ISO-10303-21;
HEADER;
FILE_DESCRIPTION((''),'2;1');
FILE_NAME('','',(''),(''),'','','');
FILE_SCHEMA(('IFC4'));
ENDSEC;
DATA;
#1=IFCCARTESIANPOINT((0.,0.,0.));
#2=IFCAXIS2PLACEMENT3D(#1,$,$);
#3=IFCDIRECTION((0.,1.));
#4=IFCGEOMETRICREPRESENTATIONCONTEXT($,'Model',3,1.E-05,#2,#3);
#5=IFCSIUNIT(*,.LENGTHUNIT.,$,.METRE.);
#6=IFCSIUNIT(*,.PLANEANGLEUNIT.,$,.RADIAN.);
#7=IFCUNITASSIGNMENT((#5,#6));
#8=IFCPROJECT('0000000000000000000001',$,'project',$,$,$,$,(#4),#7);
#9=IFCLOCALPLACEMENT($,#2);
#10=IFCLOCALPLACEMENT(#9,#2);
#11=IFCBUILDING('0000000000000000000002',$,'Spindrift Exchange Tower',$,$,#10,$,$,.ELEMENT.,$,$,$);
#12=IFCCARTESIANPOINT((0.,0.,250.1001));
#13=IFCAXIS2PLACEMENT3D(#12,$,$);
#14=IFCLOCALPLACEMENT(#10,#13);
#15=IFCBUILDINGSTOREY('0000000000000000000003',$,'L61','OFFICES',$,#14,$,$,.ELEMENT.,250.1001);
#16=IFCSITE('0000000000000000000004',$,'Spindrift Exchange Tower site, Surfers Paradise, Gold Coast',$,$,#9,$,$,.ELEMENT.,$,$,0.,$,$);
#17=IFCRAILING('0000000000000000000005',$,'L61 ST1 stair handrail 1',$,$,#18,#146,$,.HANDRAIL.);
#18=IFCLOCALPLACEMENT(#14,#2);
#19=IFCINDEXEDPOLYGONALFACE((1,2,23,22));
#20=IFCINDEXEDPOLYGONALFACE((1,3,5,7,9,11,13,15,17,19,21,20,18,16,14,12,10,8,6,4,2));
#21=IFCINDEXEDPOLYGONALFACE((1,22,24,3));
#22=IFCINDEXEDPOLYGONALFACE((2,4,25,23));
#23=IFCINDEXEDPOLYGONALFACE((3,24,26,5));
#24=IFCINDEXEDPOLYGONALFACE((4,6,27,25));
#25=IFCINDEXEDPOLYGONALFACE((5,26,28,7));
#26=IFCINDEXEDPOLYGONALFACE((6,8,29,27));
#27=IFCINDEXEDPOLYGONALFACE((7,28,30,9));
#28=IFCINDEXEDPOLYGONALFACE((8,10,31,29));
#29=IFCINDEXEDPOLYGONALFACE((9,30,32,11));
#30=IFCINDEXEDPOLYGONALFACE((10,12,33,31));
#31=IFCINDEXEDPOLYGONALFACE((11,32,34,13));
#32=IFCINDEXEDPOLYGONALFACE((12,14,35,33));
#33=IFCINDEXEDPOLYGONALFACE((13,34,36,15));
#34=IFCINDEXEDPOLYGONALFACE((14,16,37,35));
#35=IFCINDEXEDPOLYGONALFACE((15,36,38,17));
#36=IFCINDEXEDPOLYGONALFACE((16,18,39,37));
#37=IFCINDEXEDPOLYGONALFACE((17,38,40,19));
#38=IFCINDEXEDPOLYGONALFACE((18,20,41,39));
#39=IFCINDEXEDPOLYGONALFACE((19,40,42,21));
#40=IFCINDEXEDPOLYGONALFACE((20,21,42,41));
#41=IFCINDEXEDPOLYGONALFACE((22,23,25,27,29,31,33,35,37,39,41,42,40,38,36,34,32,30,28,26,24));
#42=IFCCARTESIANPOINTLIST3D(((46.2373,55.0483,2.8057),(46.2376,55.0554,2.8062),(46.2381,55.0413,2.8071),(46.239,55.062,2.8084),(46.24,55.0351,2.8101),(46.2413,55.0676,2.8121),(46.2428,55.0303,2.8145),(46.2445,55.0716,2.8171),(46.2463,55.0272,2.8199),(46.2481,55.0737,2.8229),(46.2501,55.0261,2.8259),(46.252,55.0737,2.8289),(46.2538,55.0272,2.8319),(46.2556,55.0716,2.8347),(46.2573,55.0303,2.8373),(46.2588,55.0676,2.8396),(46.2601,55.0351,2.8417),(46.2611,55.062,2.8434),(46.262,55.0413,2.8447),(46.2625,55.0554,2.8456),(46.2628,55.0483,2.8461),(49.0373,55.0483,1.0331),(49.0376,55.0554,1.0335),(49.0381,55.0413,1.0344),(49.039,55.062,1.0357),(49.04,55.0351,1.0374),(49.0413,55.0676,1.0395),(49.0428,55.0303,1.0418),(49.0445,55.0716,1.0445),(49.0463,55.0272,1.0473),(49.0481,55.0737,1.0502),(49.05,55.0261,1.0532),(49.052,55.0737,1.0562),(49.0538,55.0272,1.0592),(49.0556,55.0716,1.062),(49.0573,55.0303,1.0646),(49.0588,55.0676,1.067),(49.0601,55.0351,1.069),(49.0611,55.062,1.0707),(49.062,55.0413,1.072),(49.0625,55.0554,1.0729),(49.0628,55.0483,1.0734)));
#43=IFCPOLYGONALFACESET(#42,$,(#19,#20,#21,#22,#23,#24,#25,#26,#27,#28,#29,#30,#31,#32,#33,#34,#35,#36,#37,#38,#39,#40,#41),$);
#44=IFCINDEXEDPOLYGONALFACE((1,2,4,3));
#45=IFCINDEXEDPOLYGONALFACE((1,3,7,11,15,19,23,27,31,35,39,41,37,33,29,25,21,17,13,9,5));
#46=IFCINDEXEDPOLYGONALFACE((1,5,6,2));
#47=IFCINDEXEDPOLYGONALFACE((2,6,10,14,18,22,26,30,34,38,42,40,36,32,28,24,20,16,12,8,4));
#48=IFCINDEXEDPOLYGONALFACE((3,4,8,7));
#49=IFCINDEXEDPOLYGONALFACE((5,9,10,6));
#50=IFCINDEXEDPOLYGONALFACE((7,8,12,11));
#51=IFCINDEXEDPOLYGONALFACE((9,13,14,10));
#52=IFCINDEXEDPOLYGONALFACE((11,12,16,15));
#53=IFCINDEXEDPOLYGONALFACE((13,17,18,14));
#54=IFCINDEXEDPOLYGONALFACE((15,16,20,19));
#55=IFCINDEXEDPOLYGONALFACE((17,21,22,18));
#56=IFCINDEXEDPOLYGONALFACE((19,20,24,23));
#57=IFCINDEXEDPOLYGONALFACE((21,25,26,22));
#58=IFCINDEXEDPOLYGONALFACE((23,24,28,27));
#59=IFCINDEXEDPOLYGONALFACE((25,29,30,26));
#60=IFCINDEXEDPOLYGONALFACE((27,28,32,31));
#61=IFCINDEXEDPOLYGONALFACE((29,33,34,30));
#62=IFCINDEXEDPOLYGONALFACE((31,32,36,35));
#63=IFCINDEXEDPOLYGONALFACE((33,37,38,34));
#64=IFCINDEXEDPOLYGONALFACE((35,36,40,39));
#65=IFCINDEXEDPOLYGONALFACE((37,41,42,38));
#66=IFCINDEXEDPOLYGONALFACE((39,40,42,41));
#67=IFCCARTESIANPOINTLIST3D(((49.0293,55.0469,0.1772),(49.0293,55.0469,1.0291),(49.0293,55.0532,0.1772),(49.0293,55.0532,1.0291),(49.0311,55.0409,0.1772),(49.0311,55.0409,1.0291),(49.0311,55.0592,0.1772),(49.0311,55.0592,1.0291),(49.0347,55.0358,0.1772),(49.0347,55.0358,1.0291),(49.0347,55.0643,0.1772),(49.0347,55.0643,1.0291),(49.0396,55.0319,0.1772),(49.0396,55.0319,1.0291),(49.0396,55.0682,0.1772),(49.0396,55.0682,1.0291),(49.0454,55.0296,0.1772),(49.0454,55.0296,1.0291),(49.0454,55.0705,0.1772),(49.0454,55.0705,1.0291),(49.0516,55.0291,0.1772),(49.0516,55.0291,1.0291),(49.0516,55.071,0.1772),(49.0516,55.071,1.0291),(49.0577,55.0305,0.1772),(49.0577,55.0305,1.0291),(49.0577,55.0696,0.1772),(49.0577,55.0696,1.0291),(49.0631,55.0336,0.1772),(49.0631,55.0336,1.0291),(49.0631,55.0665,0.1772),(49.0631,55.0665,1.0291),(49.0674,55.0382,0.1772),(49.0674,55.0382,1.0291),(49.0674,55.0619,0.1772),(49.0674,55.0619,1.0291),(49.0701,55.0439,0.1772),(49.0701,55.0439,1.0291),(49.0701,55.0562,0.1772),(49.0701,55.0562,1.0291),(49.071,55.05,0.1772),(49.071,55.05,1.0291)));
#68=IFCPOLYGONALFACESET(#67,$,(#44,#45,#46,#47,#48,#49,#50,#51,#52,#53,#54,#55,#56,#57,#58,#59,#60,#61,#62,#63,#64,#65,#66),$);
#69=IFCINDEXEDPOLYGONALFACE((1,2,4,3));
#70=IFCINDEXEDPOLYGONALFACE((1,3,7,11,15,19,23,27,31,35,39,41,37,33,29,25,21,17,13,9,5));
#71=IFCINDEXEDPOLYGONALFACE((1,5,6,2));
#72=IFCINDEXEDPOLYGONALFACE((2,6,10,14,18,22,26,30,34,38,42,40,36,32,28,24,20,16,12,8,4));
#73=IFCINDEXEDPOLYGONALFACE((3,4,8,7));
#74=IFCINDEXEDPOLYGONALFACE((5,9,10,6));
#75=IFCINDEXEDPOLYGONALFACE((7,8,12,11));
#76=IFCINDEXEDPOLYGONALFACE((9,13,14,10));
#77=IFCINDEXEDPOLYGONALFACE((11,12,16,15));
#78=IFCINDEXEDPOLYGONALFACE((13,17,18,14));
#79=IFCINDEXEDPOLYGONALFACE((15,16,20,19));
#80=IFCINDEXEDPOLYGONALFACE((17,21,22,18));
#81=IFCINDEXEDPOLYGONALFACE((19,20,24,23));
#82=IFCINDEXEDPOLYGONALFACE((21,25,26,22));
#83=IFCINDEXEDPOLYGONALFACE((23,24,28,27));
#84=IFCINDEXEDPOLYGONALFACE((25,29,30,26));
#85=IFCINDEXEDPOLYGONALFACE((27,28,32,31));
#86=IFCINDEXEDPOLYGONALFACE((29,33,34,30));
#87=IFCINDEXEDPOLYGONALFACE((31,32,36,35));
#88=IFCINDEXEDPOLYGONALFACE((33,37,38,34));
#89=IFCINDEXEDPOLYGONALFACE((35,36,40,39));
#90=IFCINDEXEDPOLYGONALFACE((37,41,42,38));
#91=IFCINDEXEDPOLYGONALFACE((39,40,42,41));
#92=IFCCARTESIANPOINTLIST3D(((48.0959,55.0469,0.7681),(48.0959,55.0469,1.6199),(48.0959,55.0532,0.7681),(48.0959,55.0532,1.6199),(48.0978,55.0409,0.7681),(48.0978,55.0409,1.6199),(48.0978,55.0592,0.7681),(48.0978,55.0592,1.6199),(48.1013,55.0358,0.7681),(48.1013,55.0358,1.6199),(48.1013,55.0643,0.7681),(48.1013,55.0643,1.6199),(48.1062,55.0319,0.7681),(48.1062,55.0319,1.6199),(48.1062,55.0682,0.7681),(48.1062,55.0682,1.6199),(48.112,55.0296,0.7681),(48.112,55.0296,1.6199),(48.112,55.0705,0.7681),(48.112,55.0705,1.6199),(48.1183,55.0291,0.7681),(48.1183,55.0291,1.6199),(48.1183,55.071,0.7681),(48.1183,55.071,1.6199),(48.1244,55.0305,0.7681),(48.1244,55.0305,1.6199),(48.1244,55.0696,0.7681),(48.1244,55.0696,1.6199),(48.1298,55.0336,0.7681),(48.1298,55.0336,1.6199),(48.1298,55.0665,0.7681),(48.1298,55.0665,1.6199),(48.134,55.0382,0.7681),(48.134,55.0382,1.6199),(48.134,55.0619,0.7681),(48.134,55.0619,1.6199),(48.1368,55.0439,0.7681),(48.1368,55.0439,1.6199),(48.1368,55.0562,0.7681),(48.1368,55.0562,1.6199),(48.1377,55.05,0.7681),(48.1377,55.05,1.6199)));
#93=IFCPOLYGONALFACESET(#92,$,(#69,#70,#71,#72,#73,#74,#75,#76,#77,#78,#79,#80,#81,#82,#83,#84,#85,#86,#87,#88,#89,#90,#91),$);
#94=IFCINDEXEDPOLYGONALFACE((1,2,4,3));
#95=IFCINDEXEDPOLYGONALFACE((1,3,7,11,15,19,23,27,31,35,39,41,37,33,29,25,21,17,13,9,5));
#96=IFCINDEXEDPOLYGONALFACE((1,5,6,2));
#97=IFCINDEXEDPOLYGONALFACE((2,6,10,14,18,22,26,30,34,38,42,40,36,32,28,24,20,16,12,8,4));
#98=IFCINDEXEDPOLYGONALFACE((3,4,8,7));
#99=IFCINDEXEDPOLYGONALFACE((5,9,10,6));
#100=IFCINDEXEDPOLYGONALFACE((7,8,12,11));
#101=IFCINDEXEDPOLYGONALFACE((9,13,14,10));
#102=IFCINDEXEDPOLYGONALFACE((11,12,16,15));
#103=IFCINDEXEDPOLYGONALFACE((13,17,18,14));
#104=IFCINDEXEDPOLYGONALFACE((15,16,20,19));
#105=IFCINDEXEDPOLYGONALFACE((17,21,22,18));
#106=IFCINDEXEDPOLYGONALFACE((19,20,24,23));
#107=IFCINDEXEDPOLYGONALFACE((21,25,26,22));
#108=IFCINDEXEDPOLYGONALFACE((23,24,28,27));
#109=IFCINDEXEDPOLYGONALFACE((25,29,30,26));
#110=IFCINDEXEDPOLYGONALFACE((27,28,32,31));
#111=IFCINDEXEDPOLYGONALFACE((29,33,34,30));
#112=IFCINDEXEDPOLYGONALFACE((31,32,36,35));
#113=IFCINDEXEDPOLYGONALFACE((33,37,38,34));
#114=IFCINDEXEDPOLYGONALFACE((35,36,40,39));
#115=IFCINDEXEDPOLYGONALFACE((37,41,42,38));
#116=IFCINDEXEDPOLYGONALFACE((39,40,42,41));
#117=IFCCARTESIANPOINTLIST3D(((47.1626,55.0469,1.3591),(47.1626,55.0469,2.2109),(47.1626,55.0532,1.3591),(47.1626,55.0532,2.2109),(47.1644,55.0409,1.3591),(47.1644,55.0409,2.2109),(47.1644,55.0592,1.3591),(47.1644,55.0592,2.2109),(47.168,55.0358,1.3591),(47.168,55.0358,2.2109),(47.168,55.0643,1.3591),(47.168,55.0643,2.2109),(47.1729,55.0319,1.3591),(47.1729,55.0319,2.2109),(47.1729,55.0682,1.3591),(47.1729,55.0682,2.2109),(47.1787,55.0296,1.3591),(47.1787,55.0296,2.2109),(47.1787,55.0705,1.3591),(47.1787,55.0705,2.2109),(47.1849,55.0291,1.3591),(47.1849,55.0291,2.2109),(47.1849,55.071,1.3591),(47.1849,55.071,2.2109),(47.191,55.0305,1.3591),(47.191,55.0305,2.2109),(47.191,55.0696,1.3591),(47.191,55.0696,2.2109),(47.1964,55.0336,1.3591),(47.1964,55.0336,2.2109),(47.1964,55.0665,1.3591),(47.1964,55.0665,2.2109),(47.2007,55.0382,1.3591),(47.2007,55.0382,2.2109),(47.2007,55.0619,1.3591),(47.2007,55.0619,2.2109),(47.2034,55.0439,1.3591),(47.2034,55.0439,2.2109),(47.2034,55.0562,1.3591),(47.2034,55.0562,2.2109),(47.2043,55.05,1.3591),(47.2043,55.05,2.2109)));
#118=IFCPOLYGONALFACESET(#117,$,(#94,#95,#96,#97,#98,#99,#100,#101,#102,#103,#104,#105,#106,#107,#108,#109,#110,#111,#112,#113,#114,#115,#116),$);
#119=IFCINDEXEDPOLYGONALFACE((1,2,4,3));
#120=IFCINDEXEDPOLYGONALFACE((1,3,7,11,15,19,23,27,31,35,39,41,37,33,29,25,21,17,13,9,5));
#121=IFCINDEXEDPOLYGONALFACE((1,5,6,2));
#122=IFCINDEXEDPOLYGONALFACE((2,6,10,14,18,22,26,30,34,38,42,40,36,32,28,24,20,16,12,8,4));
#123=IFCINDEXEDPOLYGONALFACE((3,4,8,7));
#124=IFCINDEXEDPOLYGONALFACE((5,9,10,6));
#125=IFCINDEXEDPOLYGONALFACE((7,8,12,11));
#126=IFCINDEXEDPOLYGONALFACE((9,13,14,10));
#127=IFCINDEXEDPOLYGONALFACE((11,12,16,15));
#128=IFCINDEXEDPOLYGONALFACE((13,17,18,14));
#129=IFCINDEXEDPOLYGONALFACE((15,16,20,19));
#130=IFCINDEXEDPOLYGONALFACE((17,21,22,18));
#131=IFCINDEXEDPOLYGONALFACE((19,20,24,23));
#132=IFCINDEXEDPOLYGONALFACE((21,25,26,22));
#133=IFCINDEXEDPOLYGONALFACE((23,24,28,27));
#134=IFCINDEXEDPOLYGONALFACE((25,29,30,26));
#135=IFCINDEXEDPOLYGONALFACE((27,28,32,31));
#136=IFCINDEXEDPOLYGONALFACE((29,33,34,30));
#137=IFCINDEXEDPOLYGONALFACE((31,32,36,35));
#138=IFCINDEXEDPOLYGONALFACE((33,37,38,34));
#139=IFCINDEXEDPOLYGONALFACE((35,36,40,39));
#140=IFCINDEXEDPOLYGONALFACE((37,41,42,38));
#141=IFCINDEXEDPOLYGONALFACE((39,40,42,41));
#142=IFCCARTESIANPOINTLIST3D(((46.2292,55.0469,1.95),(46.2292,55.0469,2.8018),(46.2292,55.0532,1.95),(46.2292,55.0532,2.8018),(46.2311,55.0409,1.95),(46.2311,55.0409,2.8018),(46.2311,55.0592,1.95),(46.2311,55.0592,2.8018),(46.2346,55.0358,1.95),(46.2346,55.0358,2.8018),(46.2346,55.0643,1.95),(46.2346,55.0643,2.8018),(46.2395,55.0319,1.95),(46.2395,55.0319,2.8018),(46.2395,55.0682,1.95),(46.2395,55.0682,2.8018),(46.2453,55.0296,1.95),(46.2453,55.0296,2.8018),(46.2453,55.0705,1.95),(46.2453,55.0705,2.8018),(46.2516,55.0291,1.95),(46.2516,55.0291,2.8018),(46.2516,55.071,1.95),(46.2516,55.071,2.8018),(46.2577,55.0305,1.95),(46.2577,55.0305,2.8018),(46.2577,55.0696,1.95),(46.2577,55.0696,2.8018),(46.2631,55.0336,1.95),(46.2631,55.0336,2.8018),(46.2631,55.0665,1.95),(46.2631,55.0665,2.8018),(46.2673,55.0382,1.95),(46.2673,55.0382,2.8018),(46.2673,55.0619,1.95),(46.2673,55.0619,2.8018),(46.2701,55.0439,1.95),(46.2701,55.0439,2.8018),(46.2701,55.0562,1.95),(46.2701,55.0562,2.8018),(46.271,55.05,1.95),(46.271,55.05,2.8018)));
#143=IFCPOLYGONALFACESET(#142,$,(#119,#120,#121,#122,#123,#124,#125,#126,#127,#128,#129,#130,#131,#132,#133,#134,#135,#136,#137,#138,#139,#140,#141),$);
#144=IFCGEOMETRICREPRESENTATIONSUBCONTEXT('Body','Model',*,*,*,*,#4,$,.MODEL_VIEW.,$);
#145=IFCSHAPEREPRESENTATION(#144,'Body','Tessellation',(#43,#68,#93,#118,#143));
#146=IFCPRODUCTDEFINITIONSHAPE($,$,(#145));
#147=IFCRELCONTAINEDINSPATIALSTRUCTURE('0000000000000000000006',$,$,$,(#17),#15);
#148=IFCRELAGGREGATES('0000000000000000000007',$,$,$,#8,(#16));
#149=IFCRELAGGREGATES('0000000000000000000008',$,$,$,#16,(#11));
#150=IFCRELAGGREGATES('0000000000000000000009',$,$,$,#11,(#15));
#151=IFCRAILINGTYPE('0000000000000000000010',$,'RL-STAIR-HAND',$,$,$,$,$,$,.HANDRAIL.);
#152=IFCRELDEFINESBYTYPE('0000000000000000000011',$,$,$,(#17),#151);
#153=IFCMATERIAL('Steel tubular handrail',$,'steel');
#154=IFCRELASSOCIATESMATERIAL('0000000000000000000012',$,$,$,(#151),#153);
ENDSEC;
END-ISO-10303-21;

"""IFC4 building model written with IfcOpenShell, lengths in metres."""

from ifc_helpers import new_model, si_unit, direction, frame, origin, origin_2d, place, context, subcontext, project, spatial, circle, extrude, material, type_object, element, save


model = new_model("IFC4")

# Units and contexts
model_context = context("Model", 3, precision=1e-05, world=origin(), true_north=direction((0.0, 1.0)))
body_context = subcontext(model_context, "Body", "Model", "MODEL_VIEW")
ifc_project = project(units=[si_unit("LENGTHUNIT", "METRE"), si_unit("PLANEANGLEUNIT", "RADIAN")], contexts=[model_context])

# Site, building, storey
site_placement = place(None, origin())
site = spatial("IfcSite", under=ifc_project, at=site_placement, Name="Spindrift Exchange Tower site, Surfers Paradise, Gold Coast", CompositionType="ELEMENT", RefElevation=0.0)
building_placement = place(site_placement, origin())
building = spatial("IfcBuilding", under=site, at=building_placement, Name="Spindrift Exchange Tower", CompositionType="ELEMENT")
storey_placement = place(building_placement, frame((0.0, 0.0, 250.1001)))
storey = spatial("IfcBuildingStorey", under=building, at=storey_placement, Name="L61", Description="OFFICES", CompositionType="ELEMENT", Elevation=250.1001)

# Railing
ifc_material_1 = material(Name="Steel tubular handrail", Category="steel")
railing_type_1 = type_object("IfcRailingType", Name="RL-STAIR-HAND", PredefinedType="HANDRAIL", material=ifc_material_1)
railing_1_placement = place(storey_placement, frame((49.05, 55.05, 0.1772)))
element("IfcRailing", 1, at=railing_1_placement, inside=storey, type_object=railing_type_1, Name="L61 ST1 stair handrail 1", PredefinedType="HANDRAIL", context=body_context, shape_type="SweptSolid", body=[
    extrude(circle(Radius=0.0239, at=origin_2d()), frame((0.0, 0.0, 0.876), z_axis=(-0.844909, 0.0, 0.53491), x_axis=(0.0, -1.0, 0.0)), (0.0, 0.0, 1.0), 3.314),
    extrude(circle(Radius=0.021, at=origin_2d()), origin(), (0.0, 0.0, 1.0), 0.8518),
    extrude(circle(Radius=0.021, at=origin_2d()), frame((-0.9333, 0.0, 0.5908)), (0.0, 0.0, 1.0), 0.8518),
    extrude(circle(Radius=0.021, at=origin_2d()), frame((-1.8667, 0.0, 1.1819)), (0.0, 0.0, 1.0), 0.8518),
    extrude(circle(Radius=0.021, at=origin_2d()), frame((-2.8, 0.0, 1.7727)), (0.0, 0.0, 1.0), 0.8518),
])

save(model, "model.ifc")
